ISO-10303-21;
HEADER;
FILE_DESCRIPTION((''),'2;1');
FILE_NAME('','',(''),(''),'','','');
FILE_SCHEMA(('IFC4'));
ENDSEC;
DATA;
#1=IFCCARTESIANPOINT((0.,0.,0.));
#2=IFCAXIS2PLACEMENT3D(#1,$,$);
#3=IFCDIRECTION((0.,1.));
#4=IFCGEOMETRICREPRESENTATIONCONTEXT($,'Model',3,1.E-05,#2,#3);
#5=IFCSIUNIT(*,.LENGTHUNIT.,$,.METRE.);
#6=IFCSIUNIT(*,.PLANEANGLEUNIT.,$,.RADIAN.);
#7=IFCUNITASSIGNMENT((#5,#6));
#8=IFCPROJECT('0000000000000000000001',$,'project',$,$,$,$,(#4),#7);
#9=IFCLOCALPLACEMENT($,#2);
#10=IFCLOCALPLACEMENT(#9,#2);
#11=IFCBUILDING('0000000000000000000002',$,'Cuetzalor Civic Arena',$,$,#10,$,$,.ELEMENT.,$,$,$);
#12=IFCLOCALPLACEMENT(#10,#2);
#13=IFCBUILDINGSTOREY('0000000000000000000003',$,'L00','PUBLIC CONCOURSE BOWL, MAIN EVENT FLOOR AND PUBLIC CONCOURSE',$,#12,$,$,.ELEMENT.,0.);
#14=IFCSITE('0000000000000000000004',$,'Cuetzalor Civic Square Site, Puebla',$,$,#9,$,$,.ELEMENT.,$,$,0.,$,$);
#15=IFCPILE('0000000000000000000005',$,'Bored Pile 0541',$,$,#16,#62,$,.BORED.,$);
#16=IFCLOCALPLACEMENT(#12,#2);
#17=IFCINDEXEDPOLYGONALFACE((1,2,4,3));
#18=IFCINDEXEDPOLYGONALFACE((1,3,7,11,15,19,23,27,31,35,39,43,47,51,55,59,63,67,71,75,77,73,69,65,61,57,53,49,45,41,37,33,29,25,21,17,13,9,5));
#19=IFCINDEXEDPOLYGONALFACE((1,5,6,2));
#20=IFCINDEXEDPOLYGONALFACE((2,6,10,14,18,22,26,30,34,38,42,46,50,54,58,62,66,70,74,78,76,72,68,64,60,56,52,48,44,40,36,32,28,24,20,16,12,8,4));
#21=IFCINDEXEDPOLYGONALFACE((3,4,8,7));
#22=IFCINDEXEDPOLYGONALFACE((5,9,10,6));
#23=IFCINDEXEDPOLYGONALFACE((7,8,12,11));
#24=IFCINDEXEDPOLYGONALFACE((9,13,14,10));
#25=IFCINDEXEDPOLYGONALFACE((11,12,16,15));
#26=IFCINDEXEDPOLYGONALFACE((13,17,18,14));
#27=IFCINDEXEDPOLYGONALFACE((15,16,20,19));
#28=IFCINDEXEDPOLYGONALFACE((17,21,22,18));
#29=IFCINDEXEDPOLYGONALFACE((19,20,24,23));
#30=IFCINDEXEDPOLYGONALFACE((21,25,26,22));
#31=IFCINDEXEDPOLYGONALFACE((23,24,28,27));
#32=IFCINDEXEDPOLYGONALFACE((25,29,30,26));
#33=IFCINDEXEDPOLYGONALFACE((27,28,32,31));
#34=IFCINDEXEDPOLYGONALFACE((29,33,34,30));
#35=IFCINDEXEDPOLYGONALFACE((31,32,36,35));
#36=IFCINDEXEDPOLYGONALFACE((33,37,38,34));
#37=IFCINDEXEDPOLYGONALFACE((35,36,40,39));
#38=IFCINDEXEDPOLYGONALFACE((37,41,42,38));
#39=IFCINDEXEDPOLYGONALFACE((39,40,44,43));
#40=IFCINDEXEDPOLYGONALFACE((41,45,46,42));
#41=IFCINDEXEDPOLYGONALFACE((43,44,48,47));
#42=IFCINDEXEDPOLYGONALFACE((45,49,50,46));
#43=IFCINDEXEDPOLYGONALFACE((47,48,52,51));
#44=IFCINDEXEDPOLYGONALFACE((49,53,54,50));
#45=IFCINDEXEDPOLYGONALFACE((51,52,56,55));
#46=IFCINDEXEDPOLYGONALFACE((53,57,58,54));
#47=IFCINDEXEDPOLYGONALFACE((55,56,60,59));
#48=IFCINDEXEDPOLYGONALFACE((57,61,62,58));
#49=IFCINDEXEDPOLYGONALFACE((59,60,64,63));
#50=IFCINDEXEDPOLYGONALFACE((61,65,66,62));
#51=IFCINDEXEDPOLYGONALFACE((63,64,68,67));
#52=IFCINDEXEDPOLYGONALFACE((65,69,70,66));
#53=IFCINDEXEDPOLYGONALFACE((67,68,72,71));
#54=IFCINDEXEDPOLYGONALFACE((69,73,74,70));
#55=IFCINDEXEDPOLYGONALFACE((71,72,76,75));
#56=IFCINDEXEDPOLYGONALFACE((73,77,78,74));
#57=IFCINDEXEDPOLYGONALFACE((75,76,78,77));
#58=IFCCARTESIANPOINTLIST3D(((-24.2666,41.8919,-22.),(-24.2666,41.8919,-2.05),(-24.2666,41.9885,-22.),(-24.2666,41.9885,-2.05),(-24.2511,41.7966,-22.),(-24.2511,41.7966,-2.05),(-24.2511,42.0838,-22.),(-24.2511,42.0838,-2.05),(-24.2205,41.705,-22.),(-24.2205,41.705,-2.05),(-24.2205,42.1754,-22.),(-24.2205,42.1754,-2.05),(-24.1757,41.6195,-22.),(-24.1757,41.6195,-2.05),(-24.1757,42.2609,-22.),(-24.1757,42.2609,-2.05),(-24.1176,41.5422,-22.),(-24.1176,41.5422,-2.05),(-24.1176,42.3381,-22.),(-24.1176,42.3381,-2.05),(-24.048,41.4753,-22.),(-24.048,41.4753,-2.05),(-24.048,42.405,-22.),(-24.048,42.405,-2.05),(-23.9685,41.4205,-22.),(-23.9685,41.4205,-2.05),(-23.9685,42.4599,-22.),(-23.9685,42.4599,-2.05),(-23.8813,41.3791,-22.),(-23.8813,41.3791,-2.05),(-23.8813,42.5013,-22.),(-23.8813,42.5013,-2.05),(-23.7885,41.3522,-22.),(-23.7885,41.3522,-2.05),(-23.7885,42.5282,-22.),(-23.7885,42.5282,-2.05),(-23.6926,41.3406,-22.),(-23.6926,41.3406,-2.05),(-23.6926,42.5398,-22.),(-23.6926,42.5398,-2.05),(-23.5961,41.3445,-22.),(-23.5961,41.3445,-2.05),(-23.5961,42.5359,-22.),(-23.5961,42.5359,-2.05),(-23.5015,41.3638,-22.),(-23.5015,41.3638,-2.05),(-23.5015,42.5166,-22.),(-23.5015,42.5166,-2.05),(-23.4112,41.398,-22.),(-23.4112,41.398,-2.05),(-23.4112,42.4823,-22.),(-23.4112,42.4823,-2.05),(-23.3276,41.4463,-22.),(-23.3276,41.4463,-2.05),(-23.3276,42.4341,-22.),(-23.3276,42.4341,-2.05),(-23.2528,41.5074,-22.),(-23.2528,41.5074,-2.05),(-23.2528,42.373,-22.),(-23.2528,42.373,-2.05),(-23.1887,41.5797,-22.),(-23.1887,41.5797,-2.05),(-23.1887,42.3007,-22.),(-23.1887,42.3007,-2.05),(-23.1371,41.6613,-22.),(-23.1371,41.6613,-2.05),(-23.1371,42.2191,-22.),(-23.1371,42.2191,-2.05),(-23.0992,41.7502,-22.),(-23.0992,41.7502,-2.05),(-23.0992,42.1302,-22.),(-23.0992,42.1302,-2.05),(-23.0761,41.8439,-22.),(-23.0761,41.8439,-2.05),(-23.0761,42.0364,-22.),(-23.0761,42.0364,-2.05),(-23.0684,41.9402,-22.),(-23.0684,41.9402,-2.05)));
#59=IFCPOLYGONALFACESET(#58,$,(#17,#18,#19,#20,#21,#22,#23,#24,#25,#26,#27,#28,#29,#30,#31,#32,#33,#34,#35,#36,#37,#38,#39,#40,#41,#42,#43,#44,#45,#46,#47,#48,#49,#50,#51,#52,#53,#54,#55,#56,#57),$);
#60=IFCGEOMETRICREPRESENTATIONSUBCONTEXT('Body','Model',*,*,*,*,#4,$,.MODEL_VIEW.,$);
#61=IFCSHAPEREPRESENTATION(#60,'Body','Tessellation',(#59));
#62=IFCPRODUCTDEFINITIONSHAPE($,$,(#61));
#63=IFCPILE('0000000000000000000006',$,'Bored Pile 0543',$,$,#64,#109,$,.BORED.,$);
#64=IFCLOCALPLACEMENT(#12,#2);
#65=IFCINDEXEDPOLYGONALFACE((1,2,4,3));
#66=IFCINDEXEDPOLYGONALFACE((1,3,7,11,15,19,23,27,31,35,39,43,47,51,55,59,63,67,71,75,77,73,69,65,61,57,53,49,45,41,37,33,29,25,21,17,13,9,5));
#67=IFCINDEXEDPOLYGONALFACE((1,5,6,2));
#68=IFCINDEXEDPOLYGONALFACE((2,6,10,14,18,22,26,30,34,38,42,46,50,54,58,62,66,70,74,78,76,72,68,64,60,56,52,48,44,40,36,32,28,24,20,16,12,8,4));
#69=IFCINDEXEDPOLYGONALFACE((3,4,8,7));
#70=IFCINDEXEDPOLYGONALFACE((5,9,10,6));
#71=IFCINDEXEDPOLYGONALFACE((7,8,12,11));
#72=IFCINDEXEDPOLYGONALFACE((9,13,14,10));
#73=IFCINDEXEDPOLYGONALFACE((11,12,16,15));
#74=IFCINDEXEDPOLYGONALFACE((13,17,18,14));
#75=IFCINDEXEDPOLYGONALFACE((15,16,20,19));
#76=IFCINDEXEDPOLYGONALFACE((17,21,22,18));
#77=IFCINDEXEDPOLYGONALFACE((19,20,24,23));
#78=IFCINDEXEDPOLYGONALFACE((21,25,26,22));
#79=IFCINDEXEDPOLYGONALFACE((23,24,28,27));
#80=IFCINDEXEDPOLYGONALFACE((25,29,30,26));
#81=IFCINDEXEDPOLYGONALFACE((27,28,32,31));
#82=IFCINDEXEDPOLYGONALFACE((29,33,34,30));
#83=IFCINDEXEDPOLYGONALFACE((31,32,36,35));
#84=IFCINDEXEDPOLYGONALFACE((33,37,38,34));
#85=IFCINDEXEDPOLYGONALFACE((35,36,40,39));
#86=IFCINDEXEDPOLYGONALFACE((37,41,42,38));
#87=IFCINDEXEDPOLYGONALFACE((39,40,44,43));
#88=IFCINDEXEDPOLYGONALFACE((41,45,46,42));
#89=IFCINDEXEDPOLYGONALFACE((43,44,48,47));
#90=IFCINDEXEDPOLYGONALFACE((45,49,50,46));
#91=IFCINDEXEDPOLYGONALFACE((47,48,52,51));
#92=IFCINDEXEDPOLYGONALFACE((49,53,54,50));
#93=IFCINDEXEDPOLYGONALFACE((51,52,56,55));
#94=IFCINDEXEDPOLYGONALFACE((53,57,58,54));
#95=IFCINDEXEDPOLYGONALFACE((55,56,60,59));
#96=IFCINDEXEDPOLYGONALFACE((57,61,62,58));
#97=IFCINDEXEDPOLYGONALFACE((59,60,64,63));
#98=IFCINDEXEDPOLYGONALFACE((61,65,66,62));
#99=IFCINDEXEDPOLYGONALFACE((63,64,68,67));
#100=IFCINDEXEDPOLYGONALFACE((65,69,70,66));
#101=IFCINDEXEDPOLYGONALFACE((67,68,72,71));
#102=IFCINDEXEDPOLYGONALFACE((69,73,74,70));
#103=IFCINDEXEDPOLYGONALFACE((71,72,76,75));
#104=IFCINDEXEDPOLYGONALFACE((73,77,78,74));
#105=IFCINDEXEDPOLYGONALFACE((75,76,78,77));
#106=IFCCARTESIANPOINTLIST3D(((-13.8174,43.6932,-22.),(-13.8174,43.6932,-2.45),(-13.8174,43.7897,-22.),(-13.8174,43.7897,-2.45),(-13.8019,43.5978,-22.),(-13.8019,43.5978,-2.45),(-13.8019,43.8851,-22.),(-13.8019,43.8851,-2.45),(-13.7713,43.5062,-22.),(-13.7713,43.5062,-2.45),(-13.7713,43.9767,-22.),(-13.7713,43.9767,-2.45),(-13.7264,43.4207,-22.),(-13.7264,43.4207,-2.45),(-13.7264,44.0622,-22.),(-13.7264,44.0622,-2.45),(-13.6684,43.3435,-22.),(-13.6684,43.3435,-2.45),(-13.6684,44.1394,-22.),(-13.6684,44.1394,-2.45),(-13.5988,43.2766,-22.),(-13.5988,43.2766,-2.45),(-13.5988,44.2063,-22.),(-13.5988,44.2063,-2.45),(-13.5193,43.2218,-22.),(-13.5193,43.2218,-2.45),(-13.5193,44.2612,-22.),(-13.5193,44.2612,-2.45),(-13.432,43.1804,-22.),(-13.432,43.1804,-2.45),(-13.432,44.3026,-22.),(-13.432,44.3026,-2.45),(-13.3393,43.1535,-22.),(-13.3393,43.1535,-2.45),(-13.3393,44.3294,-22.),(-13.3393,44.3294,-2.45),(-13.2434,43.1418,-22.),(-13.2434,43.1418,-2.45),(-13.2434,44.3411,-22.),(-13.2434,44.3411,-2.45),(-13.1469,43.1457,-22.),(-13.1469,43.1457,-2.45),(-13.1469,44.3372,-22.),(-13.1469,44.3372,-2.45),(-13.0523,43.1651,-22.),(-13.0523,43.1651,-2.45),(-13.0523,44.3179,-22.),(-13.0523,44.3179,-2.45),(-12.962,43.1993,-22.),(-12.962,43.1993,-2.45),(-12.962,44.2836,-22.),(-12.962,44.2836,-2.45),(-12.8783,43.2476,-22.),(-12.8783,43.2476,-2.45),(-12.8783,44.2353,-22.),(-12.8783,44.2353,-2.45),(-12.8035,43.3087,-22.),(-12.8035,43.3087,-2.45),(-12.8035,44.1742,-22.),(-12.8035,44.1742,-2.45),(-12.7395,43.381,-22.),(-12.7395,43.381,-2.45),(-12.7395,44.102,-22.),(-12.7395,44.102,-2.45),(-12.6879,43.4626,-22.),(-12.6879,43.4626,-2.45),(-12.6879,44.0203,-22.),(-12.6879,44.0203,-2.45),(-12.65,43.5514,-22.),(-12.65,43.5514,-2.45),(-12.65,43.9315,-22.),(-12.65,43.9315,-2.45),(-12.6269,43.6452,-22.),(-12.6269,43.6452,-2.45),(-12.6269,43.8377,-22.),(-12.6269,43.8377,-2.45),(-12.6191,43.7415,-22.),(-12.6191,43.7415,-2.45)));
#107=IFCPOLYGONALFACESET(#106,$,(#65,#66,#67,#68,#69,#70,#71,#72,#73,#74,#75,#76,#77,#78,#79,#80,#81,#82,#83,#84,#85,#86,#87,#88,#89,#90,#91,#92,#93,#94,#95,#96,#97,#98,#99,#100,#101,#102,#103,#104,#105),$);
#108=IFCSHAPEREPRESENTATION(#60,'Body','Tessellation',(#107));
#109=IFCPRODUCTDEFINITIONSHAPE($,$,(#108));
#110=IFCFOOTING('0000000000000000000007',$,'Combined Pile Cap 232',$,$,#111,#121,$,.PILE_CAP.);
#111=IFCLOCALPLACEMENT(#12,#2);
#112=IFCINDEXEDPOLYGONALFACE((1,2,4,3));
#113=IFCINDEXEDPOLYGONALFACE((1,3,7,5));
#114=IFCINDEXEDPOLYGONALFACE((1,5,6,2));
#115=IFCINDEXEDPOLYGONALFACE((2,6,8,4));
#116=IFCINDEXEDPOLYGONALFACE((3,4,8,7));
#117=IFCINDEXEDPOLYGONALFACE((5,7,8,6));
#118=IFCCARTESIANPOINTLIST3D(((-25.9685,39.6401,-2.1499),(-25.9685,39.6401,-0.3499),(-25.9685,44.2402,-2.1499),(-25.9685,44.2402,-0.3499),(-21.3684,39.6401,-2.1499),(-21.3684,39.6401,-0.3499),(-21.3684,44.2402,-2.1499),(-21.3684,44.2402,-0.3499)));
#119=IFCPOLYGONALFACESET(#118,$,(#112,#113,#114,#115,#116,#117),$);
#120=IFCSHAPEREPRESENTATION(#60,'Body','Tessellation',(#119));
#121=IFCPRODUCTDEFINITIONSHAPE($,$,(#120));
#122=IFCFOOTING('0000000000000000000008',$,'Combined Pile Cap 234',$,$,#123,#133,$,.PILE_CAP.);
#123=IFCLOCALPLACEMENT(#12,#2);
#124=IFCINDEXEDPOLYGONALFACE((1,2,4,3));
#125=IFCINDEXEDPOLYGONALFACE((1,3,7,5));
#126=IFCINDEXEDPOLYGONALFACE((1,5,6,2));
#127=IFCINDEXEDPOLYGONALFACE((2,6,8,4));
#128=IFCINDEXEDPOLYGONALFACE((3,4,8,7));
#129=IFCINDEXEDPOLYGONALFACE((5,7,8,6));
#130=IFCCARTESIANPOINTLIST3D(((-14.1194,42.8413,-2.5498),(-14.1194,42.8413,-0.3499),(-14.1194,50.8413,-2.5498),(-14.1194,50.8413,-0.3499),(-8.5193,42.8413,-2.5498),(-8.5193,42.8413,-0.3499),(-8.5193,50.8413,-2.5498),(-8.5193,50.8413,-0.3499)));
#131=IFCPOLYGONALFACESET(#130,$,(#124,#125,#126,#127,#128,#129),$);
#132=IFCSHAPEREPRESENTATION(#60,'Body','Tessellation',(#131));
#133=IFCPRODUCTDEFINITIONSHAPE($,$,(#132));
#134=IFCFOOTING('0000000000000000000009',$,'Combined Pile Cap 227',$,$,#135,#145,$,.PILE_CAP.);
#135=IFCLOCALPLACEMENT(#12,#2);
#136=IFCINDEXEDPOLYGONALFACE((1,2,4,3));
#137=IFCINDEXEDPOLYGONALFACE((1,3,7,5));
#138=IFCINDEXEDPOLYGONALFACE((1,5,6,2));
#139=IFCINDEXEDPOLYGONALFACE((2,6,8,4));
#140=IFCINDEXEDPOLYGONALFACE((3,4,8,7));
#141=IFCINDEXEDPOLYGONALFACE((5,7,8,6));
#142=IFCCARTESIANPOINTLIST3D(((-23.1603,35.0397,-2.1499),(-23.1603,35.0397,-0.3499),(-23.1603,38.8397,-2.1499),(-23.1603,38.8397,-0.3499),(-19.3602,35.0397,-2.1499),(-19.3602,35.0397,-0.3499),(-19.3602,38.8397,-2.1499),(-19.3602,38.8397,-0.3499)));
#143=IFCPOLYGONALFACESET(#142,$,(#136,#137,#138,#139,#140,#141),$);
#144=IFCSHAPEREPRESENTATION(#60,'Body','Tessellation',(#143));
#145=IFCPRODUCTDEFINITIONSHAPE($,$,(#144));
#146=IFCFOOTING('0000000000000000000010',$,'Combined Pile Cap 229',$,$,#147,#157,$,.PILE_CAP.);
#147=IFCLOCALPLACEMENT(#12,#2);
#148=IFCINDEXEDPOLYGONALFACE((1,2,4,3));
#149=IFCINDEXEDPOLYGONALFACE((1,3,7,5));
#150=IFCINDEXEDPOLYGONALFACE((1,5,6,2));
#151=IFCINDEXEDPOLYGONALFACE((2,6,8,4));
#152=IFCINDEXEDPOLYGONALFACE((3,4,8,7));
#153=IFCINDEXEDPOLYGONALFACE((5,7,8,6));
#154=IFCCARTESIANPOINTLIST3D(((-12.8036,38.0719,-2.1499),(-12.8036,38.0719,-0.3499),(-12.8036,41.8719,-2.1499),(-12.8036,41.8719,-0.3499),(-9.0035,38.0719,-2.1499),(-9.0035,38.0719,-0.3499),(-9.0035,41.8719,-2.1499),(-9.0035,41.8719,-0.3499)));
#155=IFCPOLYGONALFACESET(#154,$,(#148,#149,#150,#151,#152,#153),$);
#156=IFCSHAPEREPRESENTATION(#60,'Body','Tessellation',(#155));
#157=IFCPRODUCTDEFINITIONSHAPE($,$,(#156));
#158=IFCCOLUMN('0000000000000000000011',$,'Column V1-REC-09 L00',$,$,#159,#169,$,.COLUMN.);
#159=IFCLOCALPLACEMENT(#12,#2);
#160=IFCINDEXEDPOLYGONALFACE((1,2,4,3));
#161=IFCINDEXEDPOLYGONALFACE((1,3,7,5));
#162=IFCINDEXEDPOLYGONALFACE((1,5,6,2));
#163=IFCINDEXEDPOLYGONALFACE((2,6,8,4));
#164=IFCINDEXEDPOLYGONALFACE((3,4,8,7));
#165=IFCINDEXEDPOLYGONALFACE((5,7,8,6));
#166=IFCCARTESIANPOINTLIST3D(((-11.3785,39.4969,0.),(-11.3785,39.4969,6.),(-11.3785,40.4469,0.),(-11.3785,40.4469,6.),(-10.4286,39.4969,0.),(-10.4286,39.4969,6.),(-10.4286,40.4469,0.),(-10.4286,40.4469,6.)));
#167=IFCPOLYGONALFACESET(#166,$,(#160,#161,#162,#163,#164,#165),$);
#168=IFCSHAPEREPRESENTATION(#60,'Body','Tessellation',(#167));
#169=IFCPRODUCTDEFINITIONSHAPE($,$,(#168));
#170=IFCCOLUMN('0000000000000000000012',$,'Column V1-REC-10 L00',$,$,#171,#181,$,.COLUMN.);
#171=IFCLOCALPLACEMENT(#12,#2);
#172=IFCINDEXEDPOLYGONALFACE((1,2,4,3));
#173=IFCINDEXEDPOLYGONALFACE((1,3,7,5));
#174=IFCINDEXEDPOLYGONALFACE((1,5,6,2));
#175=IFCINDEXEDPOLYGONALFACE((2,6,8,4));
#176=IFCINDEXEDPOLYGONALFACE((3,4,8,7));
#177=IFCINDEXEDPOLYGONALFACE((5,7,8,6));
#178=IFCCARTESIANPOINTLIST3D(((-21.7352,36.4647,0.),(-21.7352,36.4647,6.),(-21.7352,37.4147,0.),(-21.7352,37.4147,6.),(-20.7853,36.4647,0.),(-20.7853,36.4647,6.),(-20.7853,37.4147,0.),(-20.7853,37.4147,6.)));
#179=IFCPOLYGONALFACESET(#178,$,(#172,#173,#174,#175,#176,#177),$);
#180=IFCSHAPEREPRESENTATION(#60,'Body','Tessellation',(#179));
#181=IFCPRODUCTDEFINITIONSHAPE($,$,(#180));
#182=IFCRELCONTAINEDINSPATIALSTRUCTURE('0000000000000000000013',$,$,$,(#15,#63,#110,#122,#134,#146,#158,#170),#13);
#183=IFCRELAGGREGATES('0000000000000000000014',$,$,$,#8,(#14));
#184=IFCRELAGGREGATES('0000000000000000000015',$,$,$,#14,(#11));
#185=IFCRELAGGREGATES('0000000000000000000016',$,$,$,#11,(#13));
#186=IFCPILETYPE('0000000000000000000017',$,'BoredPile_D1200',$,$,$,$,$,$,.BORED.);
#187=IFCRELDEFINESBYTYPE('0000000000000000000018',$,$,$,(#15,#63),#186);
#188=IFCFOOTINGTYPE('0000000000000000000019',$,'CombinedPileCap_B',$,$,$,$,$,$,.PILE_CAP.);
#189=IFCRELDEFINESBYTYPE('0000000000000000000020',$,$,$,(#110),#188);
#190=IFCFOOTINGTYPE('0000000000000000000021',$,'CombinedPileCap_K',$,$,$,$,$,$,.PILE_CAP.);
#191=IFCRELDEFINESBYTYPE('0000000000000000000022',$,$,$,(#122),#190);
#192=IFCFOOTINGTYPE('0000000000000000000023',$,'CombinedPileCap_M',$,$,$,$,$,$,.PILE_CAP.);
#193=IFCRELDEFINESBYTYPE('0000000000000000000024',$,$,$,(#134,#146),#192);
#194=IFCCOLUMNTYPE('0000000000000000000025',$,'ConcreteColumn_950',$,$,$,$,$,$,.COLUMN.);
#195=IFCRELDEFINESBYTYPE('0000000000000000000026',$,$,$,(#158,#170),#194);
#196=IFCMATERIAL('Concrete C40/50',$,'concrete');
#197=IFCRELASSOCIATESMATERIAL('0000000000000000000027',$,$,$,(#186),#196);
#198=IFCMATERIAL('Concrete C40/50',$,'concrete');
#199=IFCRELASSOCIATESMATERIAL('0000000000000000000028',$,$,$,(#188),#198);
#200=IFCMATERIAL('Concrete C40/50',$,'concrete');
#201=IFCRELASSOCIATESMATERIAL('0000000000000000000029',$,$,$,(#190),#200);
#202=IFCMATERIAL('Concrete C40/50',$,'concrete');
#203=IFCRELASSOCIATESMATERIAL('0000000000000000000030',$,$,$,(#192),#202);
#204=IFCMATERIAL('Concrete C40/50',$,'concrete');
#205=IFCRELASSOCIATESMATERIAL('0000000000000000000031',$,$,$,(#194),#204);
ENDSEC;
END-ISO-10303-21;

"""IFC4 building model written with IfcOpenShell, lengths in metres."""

from ifc_helpers import new_model, si_unit, direction, frame, origin, origin_2d, place, context, subcontext, project, spatial, rectangle, circle, extrude, material, material_profile, profile_set, type_object, element, save


model = new_model("IFC4")

# Units and contexts
model_context = context("Model", 3, precision=1e-05, world=origin(), true_north=direction((0.0, 1.0)))
body_context = subcontext(model_context, "Body", "Model", "MODEL_VIEW")
ifc_project = project(units=[si_unit("LENGTHUNIT", "METRE"), si_unit("PLANEANGLEUNIT", "RADIAN")], contexts=[model_context])

# Site, building, storey
site_placement = place(None, origin())
site = spatial("IfcSite", under=ifc_project, at=site_placement, Name="Cuetzalor Civic Square Site, Puebla", CompositionType="ELEMENT", RefElevation=0.0)
building_placement = place(site_placement, origin())
building = spatial("IfcBuilding", under=site, at=building_placement, Name="Cuetzalor Civic Arena", CompositionType="ELEMENT")
storey_placement = place(building_placement, origin())
storey = spatial("IfcBuildingStorey", under=building, at=storey_placement, Name="L00", Description="PUBLIC CONCOURSE BOWL, MAIN EVENT FLOOR AND PUBLIC CONCOURSE", CompositionType="ELEMENT", Elevation=0.0)

# Piles
ifc_material_1 = material(Name="Concrete C40/50", Category="concrete")
ifc_material_profile_1 = material_profile(ifc_material_1, circle(Radius=0.6001, at=origin_2d()), Name="BORED PILE D1200")
ifc_profile_set_1 = profile_set([ifc_material_profile_1], Name="Concrete C40/50")
pile_type_1 = type_object("IfcPileType", Name="BoredPile_D1200", PredefinedType="BORED", material=ifc_profile_set_1)
pile_1_placement = place(storey_placement, frame((-23.6685, 41.9402, -2.05), z_axis=(0.0, 0.0, -1.0), x_axis=(1.0, 0.0, 0.0)))
element("IfcPile", 1, at=pile_1_placement, inside=storey, type_object=pile_type_1, Name="Bored Pile 0541", PredefinedType="BORED", context=body_context, shape_type="SweptSolid", body=[
    extrude(circle(Radius=0.6001, at=origin_2d()), origin(), (0.0, 0.0, 1.0), 19.95),
])
pile_2_placement = place(storey_placement, frame((-13.2192, 43.7415, -2.45), z_axis=(0.0, 0.0, -1.0), x_axis=(1.0, 0.0, 0.0)))
element("IfcPile", 2, at=pile_2_placement, inside=storey, type_object=pile_type_1, Name="Bored Pile 0543", PredefinedType="BORED", context=body_context, shape_type="SweptSolid", body=[
    extrude(circle(Radius=0.6001, at=origin_2d()), origin(), (0.0, 0.0, 1.0), 19.55),
])

# Footings
ifc_material_2 = material(Name="Concrete C40/50", Category="concrete")
footing_type_1 = type_object("IfcFootingType", Name="CombinedPileCap_B", PredefinedType="PILE_CAP", material=ifc_material_2)
footing_1_placement = place(storey_placement, frame((-23.6685, 41.9402, -2.1499), z_axis=(0.0, 0.0, 1.0), x_axis=(1.0, 0.0, 0.0)))
element("IfcFooting", 3, at=footing_1_placement, inside=storey, type_object=footing_type_1, Name="Combined Pile Cap 232", PredefinedType="PILE_CAP", context=body_context, shape_type="SweptSolid", body=[
    extrude(rectangle(XDim=4.6001, YDim=4.6001, at=origin_2d()), origin(), (0.0, 0.0, 1.0), 1.8),
])
ifc_material_3 = material(Name="Concrete C40/50", Category="concrete")
footing_type_2 = type_object("IfcFootingType", Name="CombinedPileCap_K", PredefinedType="PILE_CAP", material=ifc_material_3)
footing_2_placement = place(storey_placement, frame((-11.3193, 46.8413, -2.5498), z_axis=(0.0, 0.0, 1.0), x_axis=(1.0, 0.0, 0.0)))
element("IfcFooting", 4, at=footing_2_placement, inside=storey, type_object=footing_type_2, Name="Combined Pile Cap 234", PredefinedType="PILE_CAP", context=body_context, shape_type="SweptSolid", body=[
    extrude(rectangle(XDim=5.6001, YDim=8.0, at=origin_2d()), origin(), (0.0, 0.0, 1.0), 2.2),
])
ifc_material_4 = material(Name="Concrete C40/50", Category="concrete")
footing_type_3 = type_object("IfcFootingType", Name="CombinedPileCap_M", PredefinedType="PILE_CAP", material=ifc_material_4)
for number, where, z_axis, x_axis, name in (
    (5, (-21.2603, 36.9397, -2.1499), (0.0, 0.0, 1.0), (1.0, 0.0, 0.0), "Combined Pile Cap 227"),
    (6, (-10.9036, 39.9719, -2.1499), (0.0, 0.0, 1.0), (1.0, 0.0, 0.0), "Combined Pile Cap 229"),
):
    element("IfcFooting", number, at=place(storey_placement, frame(where, z_axis=z_axis, x_axis=x_axis)), inside=storey, type_object=footing_type_3, Name=name, PredefinedType="PILE_CAP", context=body_context, shape_type="SweptSolid", body=[
        extrude(rectangle(XDim=3.8, YDim=3.8, at=origin_2d()), origin(), (0.0, 0.0, 1.0), 1.8),
    ])

# Columns
ifc_material_5 = material(Name="Concrete C40/50", Category="concrete")
ifc_material_profile_2 = material_profile(ifc_material_5, rectangle(XDim=0.95, YDim=0.95, at=origin_2d()), Name="RC 950x950")
ifc_profile_set_2 = profile_set([ifc_material_profile_2], Name="Concrete C40/50")
column_type_1 = type_object("IfcColumnType", Name="ConcreteColumn_950", PredefinedType="COLUMN", material=ifc_profile_set_2)
for number, where, z_axis, x_axis, name in (
    (7, (-10.9036, 39.9719, 0.0), (0.0, 0.0, 1.0), (1.0, 0.0, 0.0), "Column V1-REC-09 L00"),
    (8, (-21.2603, 36.9397, 0.0), (0.0, 0.0, 1.0), (1.0, 0.0, 0.0), "Column V1-REC-10 L00"),
):
    element("IfcColumn", number, at=place(storey_placement, frame(where, z_axis=z_axis, x_axis=x_axis)), inside=storey, type_object=column_type_1, Name=name, PredefinedType="COLUMN", context=body_context, shape_type="SweptSolid", body=[
        extrude(rectangle(XDim=0.95, YDim=0.95, at=origin_2d()), origin(), (0.0, 0.0, 1.0), 6.0),
    ])

save(model, "model.ifc")
